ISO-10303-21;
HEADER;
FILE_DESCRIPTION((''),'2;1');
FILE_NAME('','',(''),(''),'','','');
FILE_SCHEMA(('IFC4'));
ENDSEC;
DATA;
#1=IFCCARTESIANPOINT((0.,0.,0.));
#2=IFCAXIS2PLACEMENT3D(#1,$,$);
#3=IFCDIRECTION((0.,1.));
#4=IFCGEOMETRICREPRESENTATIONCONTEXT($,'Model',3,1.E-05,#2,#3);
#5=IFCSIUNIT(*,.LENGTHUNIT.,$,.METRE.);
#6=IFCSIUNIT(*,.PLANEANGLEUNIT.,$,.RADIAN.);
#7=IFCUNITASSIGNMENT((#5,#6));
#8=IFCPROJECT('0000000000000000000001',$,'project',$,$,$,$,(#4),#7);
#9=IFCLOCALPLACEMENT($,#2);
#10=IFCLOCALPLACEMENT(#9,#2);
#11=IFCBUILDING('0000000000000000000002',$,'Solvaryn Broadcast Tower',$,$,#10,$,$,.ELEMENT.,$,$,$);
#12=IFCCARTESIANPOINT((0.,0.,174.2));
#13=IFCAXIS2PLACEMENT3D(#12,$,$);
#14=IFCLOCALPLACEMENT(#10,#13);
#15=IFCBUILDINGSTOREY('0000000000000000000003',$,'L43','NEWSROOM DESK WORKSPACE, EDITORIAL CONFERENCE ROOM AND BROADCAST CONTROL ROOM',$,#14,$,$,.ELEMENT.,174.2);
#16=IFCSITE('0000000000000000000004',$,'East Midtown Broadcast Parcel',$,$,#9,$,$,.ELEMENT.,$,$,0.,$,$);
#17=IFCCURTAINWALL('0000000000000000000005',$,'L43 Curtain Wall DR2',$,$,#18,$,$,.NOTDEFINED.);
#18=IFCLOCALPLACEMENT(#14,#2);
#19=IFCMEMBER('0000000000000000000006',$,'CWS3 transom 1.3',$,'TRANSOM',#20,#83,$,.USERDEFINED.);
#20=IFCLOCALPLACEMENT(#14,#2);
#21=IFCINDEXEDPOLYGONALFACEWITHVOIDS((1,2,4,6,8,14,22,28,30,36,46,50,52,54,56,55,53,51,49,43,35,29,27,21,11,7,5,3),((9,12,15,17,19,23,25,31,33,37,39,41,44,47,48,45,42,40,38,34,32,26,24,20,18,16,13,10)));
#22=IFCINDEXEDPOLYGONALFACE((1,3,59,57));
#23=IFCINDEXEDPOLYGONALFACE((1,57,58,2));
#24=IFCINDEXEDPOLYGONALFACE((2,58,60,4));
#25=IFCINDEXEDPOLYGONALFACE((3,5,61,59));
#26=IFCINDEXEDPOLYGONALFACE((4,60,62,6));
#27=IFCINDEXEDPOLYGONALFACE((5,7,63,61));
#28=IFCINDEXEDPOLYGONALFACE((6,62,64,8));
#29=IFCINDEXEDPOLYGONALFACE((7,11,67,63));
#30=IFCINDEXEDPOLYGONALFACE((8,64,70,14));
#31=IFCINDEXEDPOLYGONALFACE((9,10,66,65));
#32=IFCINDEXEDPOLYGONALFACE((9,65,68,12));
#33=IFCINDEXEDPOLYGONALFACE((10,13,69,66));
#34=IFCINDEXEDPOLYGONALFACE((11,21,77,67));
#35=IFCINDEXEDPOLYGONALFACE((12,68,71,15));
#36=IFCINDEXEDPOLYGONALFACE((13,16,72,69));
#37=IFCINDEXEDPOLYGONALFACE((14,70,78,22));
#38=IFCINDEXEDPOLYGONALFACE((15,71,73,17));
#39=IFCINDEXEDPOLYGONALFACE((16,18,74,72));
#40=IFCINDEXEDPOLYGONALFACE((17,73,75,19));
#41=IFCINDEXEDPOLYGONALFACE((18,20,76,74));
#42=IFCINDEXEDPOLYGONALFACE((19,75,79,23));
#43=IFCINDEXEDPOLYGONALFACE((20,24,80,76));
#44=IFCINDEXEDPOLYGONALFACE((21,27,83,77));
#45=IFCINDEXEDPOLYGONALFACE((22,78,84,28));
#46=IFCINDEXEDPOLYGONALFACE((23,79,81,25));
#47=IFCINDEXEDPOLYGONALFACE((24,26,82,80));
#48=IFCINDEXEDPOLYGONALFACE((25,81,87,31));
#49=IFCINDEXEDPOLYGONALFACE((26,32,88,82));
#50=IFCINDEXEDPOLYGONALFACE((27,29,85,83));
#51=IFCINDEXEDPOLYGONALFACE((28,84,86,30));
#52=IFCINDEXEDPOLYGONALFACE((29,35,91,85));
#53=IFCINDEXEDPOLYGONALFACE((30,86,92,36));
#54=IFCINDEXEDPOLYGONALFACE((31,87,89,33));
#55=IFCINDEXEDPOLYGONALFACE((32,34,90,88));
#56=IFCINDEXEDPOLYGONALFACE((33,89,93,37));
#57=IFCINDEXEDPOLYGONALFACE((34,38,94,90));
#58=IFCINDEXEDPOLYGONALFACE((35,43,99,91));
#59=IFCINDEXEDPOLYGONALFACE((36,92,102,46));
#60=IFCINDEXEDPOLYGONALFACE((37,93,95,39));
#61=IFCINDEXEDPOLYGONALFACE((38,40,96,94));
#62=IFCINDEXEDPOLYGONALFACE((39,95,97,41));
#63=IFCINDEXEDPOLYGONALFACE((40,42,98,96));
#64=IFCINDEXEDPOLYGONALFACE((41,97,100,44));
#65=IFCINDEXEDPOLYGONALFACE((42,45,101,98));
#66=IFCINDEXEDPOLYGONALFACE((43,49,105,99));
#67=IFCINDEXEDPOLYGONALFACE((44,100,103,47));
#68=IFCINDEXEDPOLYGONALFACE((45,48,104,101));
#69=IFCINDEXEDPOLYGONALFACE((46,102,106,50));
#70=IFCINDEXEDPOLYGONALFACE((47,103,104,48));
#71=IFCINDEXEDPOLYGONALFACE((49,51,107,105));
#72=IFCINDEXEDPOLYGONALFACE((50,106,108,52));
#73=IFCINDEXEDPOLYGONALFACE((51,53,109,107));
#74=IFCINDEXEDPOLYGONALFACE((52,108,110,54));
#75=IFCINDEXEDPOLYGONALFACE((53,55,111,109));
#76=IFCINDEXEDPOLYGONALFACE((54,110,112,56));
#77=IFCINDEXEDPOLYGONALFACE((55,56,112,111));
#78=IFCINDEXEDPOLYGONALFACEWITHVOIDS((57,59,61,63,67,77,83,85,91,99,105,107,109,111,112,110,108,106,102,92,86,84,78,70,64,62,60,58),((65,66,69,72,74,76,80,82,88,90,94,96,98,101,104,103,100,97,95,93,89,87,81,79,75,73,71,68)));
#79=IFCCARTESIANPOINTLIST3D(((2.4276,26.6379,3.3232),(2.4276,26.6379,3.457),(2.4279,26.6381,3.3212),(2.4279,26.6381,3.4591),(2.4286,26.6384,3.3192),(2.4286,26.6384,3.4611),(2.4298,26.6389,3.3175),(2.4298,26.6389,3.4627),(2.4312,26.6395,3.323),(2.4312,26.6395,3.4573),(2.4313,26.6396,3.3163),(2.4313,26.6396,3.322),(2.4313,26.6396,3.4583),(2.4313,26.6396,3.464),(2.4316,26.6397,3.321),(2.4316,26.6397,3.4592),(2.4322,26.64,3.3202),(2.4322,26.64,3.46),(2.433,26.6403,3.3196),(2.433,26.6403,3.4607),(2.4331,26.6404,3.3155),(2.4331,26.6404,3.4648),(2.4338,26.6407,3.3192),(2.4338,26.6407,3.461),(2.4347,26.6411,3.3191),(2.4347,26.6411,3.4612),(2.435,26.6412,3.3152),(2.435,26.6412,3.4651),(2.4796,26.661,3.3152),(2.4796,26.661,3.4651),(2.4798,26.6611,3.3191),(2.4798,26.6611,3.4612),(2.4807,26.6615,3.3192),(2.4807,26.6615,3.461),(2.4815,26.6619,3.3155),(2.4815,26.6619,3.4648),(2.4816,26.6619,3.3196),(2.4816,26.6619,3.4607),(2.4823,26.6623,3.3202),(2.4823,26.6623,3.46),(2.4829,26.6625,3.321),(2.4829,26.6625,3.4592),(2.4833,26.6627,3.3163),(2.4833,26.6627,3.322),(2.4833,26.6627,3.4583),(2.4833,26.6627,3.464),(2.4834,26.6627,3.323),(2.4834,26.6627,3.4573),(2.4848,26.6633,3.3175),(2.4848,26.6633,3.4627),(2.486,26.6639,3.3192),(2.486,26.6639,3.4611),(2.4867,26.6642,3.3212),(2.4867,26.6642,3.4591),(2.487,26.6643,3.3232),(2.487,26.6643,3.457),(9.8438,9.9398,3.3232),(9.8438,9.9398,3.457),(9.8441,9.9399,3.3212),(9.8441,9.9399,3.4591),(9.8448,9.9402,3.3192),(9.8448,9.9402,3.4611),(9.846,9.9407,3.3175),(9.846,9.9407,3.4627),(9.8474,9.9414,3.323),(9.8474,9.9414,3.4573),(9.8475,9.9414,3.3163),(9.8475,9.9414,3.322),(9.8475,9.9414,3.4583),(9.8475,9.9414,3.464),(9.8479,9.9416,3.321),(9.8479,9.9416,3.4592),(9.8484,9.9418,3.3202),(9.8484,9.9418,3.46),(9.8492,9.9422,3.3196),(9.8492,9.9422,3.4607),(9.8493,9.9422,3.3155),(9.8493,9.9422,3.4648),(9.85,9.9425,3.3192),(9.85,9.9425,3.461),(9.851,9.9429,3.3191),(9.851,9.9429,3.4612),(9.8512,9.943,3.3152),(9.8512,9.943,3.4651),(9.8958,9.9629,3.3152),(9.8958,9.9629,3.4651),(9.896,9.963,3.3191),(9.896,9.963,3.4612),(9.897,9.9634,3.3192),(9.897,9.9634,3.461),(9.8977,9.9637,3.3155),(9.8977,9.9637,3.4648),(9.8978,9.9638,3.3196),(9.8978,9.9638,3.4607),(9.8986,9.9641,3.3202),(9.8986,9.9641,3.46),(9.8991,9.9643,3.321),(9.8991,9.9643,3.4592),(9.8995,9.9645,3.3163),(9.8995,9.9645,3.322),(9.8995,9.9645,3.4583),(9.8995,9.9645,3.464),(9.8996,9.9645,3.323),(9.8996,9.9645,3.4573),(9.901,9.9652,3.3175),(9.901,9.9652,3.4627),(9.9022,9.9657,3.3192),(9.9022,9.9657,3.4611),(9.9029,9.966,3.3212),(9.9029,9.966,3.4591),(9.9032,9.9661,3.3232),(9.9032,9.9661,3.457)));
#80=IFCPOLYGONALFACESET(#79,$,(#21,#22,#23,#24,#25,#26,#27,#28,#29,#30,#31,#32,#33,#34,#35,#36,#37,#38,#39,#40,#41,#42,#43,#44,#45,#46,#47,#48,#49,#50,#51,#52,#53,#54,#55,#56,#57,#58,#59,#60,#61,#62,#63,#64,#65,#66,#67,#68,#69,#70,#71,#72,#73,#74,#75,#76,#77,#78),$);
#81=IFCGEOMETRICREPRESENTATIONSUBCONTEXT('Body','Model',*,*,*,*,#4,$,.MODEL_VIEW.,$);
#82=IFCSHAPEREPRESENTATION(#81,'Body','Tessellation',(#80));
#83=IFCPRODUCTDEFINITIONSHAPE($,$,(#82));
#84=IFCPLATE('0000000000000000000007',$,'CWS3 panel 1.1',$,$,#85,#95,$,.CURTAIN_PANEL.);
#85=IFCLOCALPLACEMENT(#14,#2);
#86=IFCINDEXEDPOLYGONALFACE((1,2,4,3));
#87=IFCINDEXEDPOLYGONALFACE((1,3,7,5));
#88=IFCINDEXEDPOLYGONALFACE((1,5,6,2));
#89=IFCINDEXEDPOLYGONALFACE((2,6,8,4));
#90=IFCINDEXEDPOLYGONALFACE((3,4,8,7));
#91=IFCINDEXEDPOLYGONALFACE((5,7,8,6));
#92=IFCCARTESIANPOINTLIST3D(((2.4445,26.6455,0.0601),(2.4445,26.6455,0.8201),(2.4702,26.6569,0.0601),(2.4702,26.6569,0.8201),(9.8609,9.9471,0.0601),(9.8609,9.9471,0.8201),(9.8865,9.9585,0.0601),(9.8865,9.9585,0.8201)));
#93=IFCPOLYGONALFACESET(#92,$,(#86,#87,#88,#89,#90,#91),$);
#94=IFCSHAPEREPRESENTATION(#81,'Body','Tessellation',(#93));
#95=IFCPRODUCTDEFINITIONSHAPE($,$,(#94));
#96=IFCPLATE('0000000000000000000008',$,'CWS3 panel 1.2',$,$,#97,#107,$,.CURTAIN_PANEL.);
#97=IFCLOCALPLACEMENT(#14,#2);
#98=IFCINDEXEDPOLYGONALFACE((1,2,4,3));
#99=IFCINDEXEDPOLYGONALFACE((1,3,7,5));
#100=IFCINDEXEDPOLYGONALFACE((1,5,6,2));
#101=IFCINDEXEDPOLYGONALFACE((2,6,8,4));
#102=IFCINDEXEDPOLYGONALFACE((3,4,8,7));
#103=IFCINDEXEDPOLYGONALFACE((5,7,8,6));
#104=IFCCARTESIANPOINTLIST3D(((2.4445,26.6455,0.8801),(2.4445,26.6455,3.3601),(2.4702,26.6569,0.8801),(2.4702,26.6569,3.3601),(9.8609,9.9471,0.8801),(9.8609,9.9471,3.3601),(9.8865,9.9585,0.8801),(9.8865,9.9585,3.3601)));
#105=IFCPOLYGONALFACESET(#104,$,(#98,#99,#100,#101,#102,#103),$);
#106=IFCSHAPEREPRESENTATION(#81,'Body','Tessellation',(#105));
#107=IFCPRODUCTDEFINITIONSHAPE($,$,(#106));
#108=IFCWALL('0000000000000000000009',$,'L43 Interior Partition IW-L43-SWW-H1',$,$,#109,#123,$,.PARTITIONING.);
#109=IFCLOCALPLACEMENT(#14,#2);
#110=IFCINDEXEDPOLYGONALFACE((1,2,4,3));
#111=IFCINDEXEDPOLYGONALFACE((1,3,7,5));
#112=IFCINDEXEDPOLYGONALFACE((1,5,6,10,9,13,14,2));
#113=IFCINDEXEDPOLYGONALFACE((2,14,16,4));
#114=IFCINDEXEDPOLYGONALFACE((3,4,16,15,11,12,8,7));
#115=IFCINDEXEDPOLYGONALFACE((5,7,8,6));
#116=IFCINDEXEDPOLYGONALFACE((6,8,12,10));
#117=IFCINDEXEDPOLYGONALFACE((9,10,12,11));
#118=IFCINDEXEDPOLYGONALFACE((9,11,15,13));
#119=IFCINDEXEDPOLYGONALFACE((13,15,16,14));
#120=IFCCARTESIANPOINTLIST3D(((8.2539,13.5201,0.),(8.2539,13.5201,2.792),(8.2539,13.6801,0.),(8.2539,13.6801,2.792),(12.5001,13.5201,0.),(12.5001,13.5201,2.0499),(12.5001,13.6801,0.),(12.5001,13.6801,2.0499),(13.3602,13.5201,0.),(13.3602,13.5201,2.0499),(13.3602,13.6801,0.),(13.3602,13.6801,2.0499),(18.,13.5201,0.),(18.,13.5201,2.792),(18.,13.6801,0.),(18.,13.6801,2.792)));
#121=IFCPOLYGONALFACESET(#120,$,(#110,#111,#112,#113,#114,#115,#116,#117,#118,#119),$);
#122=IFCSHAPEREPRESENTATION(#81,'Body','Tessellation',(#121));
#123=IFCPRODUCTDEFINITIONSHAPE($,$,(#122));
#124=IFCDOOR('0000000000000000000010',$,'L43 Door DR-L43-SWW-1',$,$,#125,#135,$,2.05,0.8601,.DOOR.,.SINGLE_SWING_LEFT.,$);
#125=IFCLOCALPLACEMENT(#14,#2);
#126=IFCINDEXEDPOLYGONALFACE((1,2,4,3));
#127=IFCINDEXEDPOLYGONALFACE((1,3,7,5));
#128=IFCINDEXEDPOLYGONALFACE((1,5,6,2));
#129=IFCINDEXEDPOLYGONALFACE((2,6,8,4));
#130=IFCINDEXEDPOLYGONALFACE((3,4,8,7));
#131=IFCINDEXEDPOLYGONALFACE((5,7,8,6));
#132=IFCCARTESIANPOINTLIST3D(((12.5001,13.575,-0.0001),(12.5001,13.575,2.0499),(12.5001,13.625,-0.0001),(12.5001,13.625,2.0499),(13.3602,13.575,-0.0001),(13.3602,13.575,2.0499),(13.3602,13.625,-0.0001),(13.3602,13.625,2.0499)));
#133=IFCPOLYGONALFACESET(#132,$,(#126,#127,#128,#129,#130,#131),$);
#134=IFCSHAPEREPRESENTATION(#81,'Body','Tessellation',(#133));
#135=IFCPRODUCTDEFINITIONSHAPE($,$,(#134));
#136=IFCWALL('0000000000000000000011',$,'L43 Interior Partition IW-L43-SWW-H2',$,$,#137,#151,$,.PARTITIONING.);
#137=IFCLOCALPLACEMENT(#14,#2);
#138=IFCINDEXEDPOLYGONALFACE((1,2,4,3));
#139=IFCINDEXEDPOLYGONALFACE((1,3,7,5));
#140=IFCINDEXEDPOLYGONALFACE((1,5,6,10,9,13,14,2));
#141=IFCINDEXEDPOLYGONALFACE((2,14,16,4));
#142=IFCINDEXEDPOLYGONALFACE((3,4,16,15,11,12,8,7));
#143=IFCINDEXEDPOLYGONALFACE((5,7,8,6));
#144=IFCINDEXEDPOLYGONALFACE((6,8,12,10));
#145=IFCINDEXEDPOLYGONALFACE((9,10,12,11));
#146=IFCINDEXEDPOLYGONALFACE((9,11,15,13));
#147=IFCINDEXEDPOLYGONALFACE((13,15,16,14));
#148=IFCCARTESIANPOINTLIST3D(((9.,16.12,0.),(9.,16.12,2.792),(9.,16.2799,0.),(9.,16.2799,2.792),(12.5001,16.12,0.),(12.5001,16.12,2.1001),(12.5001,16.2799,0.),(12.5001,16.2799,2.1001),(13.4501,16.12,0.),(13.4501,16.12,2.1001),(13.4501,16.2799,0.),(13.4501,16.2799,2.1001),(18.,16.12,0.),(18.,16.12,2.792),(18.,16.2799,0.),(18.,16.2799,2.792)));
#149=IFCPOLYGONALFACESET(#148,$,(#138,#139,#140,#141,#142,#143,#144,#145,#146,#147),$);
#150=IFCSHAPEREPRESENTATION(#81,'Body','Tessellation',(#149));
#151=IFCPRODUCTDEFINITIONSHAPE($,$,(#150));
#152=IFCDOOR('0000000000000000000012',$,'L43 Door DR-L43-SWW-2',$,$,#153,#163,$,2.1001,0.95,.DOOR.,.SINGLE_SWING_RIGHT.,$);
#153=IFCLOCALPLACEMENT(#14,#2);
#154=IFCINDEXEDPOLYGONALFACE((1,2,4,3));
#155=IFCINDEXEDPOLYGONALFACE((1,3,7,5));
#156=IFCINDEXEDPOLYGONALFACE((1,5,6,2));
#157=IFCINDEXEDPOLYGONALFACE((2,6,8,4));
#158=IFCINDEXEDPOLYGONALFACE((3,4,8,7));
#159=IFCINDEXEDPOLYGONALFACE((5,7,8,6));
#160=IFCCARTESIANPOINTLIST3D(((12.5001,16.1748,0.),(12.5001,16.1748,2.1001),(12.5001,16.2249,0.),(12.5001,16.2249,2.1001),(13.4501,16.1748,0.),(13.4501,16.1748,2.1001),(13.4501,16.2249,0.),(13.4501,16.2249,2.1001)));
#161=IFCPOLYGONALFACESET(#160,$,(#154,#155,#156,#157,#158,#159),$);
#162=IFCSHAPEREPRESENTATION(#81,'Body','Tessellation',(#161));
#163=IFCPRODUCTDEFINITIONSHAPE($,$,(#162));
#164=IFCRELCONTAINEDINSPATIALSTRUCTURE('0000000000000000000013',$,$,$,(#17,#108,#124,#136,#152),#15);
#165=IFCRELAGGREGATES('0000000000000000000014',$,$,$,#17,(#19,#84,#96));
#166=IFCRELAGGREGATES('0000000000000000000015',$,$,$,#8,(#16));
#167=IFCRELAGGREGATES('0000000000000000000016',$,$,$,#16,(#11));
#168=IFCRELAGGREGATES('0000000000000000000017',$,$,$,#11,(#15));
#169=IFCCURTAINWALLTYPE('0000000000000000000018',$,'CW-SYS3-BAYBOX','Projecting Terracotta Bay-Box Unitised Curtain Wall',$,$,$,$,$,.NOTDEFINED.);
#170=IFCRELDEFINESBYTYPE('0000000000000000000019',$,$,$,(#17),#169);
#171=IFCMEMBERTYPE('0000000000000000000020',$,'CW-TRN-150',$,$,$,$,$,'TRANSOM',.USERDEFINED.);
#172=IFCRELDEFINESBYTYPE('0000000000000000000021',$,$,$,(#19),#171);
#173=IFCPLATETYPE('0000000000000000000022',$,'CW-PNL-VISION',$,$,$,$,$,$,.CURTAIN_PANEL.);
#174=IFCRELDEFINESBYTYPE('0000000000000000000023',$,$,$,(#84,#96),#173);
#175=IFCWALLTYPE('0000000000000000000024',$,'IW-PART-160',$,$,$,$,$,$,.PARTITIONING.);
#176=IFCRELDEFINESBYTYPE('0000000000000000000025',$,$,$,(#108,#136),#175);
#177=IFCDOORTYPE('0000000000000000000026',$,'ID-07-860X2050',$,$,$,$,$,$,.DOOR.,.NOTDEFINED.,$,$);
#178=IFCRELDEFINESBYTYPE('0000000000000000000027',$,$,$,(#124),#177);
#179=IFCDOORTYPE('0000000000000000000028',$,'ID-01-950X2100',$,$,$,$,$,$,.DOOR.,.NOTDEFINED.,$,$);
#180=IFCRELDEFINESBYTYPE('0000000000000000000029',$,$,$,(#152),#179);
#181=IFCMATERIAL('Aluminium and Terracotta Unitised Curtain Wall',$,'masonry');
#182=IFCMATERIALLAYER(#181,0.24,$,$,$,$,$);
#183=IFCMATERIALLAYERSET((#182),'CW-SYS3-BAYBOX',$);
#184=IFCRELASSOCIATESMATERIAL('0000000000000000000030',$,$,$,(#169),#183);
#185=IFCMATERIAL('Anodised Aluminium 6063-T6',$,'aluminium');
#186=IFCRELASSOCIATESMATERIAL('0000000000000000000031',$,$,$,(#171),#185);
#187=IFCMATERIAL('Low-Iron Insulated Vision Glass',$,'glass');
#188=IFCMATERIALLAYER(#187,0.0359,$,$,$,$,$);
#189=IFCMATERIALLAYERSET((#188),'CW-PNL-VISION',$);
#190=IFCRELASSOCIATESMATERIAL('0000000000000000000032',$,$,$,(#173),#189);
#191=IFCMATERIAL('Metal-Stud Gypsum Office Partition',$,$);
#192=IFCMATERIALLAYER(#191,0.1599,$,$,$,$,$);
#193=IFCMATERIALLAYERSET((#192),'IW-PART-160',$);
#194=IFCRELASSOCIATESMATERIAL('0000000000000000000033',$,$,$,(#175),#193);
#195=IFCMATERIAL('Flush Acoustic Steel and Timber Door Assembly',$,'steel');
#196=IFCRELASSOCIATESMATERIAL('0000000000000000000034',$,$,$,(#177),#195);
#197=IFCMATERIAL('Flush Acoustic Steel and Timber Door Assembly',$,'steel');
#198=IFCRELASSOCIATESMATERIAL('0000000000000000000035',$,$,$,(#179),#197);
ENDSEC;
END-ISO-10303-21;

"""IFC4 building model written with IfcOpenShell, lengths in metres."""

from ifc_helpers import new_model, si_unit, direction, frame, frame_2d, origin, origin_2d, place, context, subcontext, project, spatial, rectangle, hollow_rectangle, extrude, material, layer, layer_set, material_profile, profile_set, type_object, element, fill, aggregate, save


model = new_model("IFC4")

# Units and contexts
model_context = context("Model", 3, precision=1e-05, world=origin(), true_north=direction((0.0, 1.0)))
body_context = subcontext(model_context, "Body", "Model", "MODEL_VIEW")
ifc_project = project(units=[si_unit("LENGTHUNIT", "METRE"), si_unit("PLANEANGLEUNIT", "RADIAN")], contexts=[model_context])

# Site, building, storey
site_placement = place(None, origin())
site = spatial("IfcSite", under=ifc_project, at=site_placement, Name="East Midtown Broadcast Parcel", CompositionType="ELEMENT", RefElevation=0.0)
building_placement = place(site_placement, origin())
building = spatial("IfcBuilding", under=site, at=building_placement, Name="Solvaryn Broadcast Tower", CompositionType="ELEMENT")
storey_placement = place(building_placement, frame((0.0, 0.0, 174.2)))
storey = spatial("IfcBuildingStorey", under=building, at=storey_placement, Name="L43", Description="NEWSROOM DESK WORKSPACE, EDITORIAL CONFERENCE ROOM AND BROADCAST CONTROL ROOM", CompositionType="ELEMENT", Elevation=174.2)

# Curtain wall, member, plates
ifc_material_1 = material(Name="Aluminium and Terracotta Unitised Curtain Wall", Category="masonry")
ifc_layer_1 = layer(ifc_material_1, 0.24)
ifc_layer_set_1 = layer_set([ifc_layer_1], Name="CW-SYS3-BAYBOX")
curtain_wall_type_1 = type_object("IfcCurtainWallType", Name="CW-SYS3-BAYBOX", Description="Projecting Terracotta Bay-Box Unitised Curtain Wall", PredefinedType="NOTDEFINED", material=ifc_layer_set_1)
curtain_wall_1_placement = place(storey_placement, origin())
curtain_wall_1 = element("IfcCurtainWall", 1, at=curtain_wall_1_placement, inside=storey, type_object=curtain_wall_type_1, Name="L43 Curtain Wall DR2", PredefinedType="NOTDEFINED")
ifc_material_2 = material(Name="Anodised Aluminium 6063-T6", Category="aluminium")
ifc_material_profile_1 = material_profile(ifc_material_2, hollow_rectangle(XDim=0.0649, YDim=0.1499, WallThickness=0.0039, InnerFilletRadius=0.0039, OuterFilletRadius=0.0081, at=origin_2d()))
ifc_profile_set_1 = profile_set([ifc_material_profile_1], Name="Anodised Aluminium 6063-T6")
member_type_1 = type_object("IfcMemberType", Name="CW-TRN-150", ElementType="TRANSOM", PredefinedType="USERDEFINED", material=ifc_profile_set_1)
member_1_placement = place(storey_placement, frame((2.4573, 26.6511, 3.3901), z_axis=(0.405902, -0.913917, 0.0), x_axis=(0.913917, 0.405902, 0.0)))
member_1 = element("IfcMember", 2, at=member_1_placement, type_object=member_type_1, Name="CWS3 transom 1.3", ObjectType="TRANSOM", PredefinedType="USERDEFINED", context=body_context, shape_type="SweptSolid", body=[
    extrude(hollow_rectangle(XDim=0.0649, YDim=0.1499, WallThickness=0.0039, InnerFilletRadius=0.0039, OuterFilletRadius=0.0081, at=origin_2d()), origin(), (0.0, 0.0, 1.0), 18.271),
])
ifc_material_3 = material(Name="Low-Iron Insulated Vision Glass", Category="glass")
ifc_layer_2 = layer(ifc_material_3, 0.0359)
ifc_layer_set_2 = layer_set([ifc_layer_2], Name="CW-PNL-VISION")
plate_type = type_object("IfcPlateType", Name="CW-PNL-VISION", PredefinedType="CURTAIN_PANEL", material=ifc_layer_set_2)
plate_1_placement = place(storey_placement, frame((6.1655, 18.302, 0.0601), z_axis=(0.0, 0.0, 1.0), x_axis=(0.405901, -0.913917, 0.0)))
plate_1 = element("IfcPlate", 3, at=plate_1_placement, type_object=plate_type, Name="CWS3 panel 1.1", PredefinedType="CURTAIN_PANEL", context=body_context, shape_type="SweptSolid", body=[
    extrude(rectangle(XDim=18.2712, YDim=0.0281, at=origin_2d()), origin(), (0.0, 0.0, 1.0), 0.76),
])
plate_2_placement = place(storey_placement, frame((6.1655, 18.302, 0.8801), z_axis=(0.0, 0.0, 1.0), x_axis=(0.405901, -0.913917, 0.0)))
plate_2 = element("IfcPlate", 4, at=plate_2_placement, type_object=plate_type, Name="CWS3 panel 1.2", PredefinedType="CURTAIN_PANEL", context=body_context, shape_type="SweptSolid", body=[
    extrude(rectangle(XDim=18.2712, YDim=0.0281, at=origin_2d()), origin(), (0.0, 0.0, 1.0), 2.48),
])
aggregate(curtain_wall_1, [member_1, plate_1, plate_2])

# Walls, openings, doors
ifc_material_4 = material(Name="Metal-Stud Gypsum Office Partition")
ifc_layer_3 = layer(ifc_material_4, 0.1599)
ifc_layer_set_3 = layer_set([ifc_layer_3], Name="IW-PART-160")
wall_type = type_object("IfcWallType", Name="IW-PART-160", PredefinedType="PARTITIONING", material=ifc_layer_set_3)
wall_1_placement = place(storey_placement, frame((8.2539, 13.6001, 0.0), z_axis=(0.0, 0.0, 1.0), x_axis=(1.0, 0.0, 0.0)))
wall_1 = element("IfcWall", 5, at=wall_1_placement, inside=storey, type_object=wall_type, Name="L43 Interior Partition IW-L43-SWW-H1", PredefinedType="PARTITIONING", context=body_context, shape_type="SweptSolid", body=[
    extrude(rectangle(XDim=9.7461, YDim=0.1599, at=frame_2d((4.873, 0.0))), origin(), (0.0, 0.0, 1.0), 2.792),
])
opening_1_placement = place(wall_1_placement, frame((4.2461, 0.0, 0.0)))
opening_1 = element("IfcOpeningElement", 6, at=opening_1_placement, cuts=wall_1, PredefinedType="OPENING", context=body_context, shape_type="SweptSolid", body=[
    extrude(rectangle(XDim=0.8601, YDim=2.05, at=frame_2d((0.4302, 1.0249))), frame((0.0, 0.0901, 0.0), z_axis=(0.0, -1.0, 0.0), x_axis=(1.0, 0.0, 0.0)), (0.0, 0.0, 1.0), 0.1799),
])
ifc_material_5 = material(Name="Flush Acoustic Steel and Timber Door Assembly", Category="steel")
door_type_1 = type_object("IfcDoorType", Name="ID-07-860X2050", OperationType="NOTDEFINED", PredefinedType="DOOR", material=ifc_material_5)
door_1_placement = place(opening_1_placement, origin())
door_1 = element("IfcDoor", 7, at=door_1_placement, inside=storey, type_object=door_type_1, Name="L43 Door DR-L43-SWW-1", OperationType="SINGLE_SWING_LEFT", OverallHeight=2.05, OverallWidth=0.8601, PredefinedType="DOOR", context=body_context, shape_type="SweptSolid", body=[
    extrude(rectangle(XDim=0.8601, YDim=2.05, at=frame_2d((0.4302, 1.0249))), frame((0.0, 0.0249, 0.0), z_axis=(0.0, -1.0, 0.0), x_axis=(1.0, 0.0, 0.0)), (0.0, 0.0, 1.0), 0.05),
])
fill(opening_1, door_1)
wall_2_placement = place(storey_placement, frame((9.0, 16.2, 0.0), z_axis=(0.0, 0.0, 1.0), x_axis=(1.0, 0.0, 0.0)))
wall_2 = element("IfcWall", 8, at=wall_2_placement, inside=storey, type_object=wall_type, Name="L43 Interior Partition IW-L43-SWW-H2", PredefinedType="PARTITIONING", context=body_context, shape_type="SweptSolid", body=[
    extrude(rectangle(XDim=9.0, YDim=0.1599, at=frame_2d((4.5, 0.0))), origin(), (0.0, 0.0, 1.0), 2.792),
])
opening_2_placement = place(wall_2_placement, frame((3.5, 0.0, 0.0)))
opening_2 = element("IfcOpeningElement", 9, at=opening_2_placement, cuts=wall_2, PredefinedType="OPENING", context=body_context, shape_type="SweptSolid", body=[
    extrude(rectangle(XDim=0.95, YDim=2.1001, at=frame_2d((0.4751, 1.05))), frame((0.0, 0.0901, 0.0), z_axis=(0.0, -1.0, 0.0), x_axis=(1.0, 0.0, 0.0)), (0.0, 0.0, 1.0), 0.1799),
])
ifc_material_6 = material(Name="Flush Acoustic Steel and Timber Door Assembly", Category="steel")
door_type_2 = type_object("IfcDoorType", Name="ID-01-950X2100", OperationType="NOTDEFINED", PredefinedType="DOOR", material=ifc_material_6)
door_2_placement = place(opening_2_placement, origin())
door_2 = element("IfcDoor", 10, at=door_2_placement, inside=storey, type_object=door_type_2, Name="L43 Door DR-L43-SWW-2", OperationType="SINGLE_SWING_RIGHT", OverallHeight=2.1001, OverallWidth=0.95, PredefinedType="DOOR", context=body_context, shape_type="SweptSolid", body=[
    extrude(rectangle(XDim=0.95, YDim=2.1001, at=frame_2d((0.4751, 1.05))), frame((0.0, 0.0249, 0.0), z_axis=(0.0, -1.0, 0.0), x_axis=(1.0, 0.0, 0.0)), (0.0, 0.0, 1.0), 0.05),
])
fill(opening_2, door_2)

save(model, "model.ifc")
